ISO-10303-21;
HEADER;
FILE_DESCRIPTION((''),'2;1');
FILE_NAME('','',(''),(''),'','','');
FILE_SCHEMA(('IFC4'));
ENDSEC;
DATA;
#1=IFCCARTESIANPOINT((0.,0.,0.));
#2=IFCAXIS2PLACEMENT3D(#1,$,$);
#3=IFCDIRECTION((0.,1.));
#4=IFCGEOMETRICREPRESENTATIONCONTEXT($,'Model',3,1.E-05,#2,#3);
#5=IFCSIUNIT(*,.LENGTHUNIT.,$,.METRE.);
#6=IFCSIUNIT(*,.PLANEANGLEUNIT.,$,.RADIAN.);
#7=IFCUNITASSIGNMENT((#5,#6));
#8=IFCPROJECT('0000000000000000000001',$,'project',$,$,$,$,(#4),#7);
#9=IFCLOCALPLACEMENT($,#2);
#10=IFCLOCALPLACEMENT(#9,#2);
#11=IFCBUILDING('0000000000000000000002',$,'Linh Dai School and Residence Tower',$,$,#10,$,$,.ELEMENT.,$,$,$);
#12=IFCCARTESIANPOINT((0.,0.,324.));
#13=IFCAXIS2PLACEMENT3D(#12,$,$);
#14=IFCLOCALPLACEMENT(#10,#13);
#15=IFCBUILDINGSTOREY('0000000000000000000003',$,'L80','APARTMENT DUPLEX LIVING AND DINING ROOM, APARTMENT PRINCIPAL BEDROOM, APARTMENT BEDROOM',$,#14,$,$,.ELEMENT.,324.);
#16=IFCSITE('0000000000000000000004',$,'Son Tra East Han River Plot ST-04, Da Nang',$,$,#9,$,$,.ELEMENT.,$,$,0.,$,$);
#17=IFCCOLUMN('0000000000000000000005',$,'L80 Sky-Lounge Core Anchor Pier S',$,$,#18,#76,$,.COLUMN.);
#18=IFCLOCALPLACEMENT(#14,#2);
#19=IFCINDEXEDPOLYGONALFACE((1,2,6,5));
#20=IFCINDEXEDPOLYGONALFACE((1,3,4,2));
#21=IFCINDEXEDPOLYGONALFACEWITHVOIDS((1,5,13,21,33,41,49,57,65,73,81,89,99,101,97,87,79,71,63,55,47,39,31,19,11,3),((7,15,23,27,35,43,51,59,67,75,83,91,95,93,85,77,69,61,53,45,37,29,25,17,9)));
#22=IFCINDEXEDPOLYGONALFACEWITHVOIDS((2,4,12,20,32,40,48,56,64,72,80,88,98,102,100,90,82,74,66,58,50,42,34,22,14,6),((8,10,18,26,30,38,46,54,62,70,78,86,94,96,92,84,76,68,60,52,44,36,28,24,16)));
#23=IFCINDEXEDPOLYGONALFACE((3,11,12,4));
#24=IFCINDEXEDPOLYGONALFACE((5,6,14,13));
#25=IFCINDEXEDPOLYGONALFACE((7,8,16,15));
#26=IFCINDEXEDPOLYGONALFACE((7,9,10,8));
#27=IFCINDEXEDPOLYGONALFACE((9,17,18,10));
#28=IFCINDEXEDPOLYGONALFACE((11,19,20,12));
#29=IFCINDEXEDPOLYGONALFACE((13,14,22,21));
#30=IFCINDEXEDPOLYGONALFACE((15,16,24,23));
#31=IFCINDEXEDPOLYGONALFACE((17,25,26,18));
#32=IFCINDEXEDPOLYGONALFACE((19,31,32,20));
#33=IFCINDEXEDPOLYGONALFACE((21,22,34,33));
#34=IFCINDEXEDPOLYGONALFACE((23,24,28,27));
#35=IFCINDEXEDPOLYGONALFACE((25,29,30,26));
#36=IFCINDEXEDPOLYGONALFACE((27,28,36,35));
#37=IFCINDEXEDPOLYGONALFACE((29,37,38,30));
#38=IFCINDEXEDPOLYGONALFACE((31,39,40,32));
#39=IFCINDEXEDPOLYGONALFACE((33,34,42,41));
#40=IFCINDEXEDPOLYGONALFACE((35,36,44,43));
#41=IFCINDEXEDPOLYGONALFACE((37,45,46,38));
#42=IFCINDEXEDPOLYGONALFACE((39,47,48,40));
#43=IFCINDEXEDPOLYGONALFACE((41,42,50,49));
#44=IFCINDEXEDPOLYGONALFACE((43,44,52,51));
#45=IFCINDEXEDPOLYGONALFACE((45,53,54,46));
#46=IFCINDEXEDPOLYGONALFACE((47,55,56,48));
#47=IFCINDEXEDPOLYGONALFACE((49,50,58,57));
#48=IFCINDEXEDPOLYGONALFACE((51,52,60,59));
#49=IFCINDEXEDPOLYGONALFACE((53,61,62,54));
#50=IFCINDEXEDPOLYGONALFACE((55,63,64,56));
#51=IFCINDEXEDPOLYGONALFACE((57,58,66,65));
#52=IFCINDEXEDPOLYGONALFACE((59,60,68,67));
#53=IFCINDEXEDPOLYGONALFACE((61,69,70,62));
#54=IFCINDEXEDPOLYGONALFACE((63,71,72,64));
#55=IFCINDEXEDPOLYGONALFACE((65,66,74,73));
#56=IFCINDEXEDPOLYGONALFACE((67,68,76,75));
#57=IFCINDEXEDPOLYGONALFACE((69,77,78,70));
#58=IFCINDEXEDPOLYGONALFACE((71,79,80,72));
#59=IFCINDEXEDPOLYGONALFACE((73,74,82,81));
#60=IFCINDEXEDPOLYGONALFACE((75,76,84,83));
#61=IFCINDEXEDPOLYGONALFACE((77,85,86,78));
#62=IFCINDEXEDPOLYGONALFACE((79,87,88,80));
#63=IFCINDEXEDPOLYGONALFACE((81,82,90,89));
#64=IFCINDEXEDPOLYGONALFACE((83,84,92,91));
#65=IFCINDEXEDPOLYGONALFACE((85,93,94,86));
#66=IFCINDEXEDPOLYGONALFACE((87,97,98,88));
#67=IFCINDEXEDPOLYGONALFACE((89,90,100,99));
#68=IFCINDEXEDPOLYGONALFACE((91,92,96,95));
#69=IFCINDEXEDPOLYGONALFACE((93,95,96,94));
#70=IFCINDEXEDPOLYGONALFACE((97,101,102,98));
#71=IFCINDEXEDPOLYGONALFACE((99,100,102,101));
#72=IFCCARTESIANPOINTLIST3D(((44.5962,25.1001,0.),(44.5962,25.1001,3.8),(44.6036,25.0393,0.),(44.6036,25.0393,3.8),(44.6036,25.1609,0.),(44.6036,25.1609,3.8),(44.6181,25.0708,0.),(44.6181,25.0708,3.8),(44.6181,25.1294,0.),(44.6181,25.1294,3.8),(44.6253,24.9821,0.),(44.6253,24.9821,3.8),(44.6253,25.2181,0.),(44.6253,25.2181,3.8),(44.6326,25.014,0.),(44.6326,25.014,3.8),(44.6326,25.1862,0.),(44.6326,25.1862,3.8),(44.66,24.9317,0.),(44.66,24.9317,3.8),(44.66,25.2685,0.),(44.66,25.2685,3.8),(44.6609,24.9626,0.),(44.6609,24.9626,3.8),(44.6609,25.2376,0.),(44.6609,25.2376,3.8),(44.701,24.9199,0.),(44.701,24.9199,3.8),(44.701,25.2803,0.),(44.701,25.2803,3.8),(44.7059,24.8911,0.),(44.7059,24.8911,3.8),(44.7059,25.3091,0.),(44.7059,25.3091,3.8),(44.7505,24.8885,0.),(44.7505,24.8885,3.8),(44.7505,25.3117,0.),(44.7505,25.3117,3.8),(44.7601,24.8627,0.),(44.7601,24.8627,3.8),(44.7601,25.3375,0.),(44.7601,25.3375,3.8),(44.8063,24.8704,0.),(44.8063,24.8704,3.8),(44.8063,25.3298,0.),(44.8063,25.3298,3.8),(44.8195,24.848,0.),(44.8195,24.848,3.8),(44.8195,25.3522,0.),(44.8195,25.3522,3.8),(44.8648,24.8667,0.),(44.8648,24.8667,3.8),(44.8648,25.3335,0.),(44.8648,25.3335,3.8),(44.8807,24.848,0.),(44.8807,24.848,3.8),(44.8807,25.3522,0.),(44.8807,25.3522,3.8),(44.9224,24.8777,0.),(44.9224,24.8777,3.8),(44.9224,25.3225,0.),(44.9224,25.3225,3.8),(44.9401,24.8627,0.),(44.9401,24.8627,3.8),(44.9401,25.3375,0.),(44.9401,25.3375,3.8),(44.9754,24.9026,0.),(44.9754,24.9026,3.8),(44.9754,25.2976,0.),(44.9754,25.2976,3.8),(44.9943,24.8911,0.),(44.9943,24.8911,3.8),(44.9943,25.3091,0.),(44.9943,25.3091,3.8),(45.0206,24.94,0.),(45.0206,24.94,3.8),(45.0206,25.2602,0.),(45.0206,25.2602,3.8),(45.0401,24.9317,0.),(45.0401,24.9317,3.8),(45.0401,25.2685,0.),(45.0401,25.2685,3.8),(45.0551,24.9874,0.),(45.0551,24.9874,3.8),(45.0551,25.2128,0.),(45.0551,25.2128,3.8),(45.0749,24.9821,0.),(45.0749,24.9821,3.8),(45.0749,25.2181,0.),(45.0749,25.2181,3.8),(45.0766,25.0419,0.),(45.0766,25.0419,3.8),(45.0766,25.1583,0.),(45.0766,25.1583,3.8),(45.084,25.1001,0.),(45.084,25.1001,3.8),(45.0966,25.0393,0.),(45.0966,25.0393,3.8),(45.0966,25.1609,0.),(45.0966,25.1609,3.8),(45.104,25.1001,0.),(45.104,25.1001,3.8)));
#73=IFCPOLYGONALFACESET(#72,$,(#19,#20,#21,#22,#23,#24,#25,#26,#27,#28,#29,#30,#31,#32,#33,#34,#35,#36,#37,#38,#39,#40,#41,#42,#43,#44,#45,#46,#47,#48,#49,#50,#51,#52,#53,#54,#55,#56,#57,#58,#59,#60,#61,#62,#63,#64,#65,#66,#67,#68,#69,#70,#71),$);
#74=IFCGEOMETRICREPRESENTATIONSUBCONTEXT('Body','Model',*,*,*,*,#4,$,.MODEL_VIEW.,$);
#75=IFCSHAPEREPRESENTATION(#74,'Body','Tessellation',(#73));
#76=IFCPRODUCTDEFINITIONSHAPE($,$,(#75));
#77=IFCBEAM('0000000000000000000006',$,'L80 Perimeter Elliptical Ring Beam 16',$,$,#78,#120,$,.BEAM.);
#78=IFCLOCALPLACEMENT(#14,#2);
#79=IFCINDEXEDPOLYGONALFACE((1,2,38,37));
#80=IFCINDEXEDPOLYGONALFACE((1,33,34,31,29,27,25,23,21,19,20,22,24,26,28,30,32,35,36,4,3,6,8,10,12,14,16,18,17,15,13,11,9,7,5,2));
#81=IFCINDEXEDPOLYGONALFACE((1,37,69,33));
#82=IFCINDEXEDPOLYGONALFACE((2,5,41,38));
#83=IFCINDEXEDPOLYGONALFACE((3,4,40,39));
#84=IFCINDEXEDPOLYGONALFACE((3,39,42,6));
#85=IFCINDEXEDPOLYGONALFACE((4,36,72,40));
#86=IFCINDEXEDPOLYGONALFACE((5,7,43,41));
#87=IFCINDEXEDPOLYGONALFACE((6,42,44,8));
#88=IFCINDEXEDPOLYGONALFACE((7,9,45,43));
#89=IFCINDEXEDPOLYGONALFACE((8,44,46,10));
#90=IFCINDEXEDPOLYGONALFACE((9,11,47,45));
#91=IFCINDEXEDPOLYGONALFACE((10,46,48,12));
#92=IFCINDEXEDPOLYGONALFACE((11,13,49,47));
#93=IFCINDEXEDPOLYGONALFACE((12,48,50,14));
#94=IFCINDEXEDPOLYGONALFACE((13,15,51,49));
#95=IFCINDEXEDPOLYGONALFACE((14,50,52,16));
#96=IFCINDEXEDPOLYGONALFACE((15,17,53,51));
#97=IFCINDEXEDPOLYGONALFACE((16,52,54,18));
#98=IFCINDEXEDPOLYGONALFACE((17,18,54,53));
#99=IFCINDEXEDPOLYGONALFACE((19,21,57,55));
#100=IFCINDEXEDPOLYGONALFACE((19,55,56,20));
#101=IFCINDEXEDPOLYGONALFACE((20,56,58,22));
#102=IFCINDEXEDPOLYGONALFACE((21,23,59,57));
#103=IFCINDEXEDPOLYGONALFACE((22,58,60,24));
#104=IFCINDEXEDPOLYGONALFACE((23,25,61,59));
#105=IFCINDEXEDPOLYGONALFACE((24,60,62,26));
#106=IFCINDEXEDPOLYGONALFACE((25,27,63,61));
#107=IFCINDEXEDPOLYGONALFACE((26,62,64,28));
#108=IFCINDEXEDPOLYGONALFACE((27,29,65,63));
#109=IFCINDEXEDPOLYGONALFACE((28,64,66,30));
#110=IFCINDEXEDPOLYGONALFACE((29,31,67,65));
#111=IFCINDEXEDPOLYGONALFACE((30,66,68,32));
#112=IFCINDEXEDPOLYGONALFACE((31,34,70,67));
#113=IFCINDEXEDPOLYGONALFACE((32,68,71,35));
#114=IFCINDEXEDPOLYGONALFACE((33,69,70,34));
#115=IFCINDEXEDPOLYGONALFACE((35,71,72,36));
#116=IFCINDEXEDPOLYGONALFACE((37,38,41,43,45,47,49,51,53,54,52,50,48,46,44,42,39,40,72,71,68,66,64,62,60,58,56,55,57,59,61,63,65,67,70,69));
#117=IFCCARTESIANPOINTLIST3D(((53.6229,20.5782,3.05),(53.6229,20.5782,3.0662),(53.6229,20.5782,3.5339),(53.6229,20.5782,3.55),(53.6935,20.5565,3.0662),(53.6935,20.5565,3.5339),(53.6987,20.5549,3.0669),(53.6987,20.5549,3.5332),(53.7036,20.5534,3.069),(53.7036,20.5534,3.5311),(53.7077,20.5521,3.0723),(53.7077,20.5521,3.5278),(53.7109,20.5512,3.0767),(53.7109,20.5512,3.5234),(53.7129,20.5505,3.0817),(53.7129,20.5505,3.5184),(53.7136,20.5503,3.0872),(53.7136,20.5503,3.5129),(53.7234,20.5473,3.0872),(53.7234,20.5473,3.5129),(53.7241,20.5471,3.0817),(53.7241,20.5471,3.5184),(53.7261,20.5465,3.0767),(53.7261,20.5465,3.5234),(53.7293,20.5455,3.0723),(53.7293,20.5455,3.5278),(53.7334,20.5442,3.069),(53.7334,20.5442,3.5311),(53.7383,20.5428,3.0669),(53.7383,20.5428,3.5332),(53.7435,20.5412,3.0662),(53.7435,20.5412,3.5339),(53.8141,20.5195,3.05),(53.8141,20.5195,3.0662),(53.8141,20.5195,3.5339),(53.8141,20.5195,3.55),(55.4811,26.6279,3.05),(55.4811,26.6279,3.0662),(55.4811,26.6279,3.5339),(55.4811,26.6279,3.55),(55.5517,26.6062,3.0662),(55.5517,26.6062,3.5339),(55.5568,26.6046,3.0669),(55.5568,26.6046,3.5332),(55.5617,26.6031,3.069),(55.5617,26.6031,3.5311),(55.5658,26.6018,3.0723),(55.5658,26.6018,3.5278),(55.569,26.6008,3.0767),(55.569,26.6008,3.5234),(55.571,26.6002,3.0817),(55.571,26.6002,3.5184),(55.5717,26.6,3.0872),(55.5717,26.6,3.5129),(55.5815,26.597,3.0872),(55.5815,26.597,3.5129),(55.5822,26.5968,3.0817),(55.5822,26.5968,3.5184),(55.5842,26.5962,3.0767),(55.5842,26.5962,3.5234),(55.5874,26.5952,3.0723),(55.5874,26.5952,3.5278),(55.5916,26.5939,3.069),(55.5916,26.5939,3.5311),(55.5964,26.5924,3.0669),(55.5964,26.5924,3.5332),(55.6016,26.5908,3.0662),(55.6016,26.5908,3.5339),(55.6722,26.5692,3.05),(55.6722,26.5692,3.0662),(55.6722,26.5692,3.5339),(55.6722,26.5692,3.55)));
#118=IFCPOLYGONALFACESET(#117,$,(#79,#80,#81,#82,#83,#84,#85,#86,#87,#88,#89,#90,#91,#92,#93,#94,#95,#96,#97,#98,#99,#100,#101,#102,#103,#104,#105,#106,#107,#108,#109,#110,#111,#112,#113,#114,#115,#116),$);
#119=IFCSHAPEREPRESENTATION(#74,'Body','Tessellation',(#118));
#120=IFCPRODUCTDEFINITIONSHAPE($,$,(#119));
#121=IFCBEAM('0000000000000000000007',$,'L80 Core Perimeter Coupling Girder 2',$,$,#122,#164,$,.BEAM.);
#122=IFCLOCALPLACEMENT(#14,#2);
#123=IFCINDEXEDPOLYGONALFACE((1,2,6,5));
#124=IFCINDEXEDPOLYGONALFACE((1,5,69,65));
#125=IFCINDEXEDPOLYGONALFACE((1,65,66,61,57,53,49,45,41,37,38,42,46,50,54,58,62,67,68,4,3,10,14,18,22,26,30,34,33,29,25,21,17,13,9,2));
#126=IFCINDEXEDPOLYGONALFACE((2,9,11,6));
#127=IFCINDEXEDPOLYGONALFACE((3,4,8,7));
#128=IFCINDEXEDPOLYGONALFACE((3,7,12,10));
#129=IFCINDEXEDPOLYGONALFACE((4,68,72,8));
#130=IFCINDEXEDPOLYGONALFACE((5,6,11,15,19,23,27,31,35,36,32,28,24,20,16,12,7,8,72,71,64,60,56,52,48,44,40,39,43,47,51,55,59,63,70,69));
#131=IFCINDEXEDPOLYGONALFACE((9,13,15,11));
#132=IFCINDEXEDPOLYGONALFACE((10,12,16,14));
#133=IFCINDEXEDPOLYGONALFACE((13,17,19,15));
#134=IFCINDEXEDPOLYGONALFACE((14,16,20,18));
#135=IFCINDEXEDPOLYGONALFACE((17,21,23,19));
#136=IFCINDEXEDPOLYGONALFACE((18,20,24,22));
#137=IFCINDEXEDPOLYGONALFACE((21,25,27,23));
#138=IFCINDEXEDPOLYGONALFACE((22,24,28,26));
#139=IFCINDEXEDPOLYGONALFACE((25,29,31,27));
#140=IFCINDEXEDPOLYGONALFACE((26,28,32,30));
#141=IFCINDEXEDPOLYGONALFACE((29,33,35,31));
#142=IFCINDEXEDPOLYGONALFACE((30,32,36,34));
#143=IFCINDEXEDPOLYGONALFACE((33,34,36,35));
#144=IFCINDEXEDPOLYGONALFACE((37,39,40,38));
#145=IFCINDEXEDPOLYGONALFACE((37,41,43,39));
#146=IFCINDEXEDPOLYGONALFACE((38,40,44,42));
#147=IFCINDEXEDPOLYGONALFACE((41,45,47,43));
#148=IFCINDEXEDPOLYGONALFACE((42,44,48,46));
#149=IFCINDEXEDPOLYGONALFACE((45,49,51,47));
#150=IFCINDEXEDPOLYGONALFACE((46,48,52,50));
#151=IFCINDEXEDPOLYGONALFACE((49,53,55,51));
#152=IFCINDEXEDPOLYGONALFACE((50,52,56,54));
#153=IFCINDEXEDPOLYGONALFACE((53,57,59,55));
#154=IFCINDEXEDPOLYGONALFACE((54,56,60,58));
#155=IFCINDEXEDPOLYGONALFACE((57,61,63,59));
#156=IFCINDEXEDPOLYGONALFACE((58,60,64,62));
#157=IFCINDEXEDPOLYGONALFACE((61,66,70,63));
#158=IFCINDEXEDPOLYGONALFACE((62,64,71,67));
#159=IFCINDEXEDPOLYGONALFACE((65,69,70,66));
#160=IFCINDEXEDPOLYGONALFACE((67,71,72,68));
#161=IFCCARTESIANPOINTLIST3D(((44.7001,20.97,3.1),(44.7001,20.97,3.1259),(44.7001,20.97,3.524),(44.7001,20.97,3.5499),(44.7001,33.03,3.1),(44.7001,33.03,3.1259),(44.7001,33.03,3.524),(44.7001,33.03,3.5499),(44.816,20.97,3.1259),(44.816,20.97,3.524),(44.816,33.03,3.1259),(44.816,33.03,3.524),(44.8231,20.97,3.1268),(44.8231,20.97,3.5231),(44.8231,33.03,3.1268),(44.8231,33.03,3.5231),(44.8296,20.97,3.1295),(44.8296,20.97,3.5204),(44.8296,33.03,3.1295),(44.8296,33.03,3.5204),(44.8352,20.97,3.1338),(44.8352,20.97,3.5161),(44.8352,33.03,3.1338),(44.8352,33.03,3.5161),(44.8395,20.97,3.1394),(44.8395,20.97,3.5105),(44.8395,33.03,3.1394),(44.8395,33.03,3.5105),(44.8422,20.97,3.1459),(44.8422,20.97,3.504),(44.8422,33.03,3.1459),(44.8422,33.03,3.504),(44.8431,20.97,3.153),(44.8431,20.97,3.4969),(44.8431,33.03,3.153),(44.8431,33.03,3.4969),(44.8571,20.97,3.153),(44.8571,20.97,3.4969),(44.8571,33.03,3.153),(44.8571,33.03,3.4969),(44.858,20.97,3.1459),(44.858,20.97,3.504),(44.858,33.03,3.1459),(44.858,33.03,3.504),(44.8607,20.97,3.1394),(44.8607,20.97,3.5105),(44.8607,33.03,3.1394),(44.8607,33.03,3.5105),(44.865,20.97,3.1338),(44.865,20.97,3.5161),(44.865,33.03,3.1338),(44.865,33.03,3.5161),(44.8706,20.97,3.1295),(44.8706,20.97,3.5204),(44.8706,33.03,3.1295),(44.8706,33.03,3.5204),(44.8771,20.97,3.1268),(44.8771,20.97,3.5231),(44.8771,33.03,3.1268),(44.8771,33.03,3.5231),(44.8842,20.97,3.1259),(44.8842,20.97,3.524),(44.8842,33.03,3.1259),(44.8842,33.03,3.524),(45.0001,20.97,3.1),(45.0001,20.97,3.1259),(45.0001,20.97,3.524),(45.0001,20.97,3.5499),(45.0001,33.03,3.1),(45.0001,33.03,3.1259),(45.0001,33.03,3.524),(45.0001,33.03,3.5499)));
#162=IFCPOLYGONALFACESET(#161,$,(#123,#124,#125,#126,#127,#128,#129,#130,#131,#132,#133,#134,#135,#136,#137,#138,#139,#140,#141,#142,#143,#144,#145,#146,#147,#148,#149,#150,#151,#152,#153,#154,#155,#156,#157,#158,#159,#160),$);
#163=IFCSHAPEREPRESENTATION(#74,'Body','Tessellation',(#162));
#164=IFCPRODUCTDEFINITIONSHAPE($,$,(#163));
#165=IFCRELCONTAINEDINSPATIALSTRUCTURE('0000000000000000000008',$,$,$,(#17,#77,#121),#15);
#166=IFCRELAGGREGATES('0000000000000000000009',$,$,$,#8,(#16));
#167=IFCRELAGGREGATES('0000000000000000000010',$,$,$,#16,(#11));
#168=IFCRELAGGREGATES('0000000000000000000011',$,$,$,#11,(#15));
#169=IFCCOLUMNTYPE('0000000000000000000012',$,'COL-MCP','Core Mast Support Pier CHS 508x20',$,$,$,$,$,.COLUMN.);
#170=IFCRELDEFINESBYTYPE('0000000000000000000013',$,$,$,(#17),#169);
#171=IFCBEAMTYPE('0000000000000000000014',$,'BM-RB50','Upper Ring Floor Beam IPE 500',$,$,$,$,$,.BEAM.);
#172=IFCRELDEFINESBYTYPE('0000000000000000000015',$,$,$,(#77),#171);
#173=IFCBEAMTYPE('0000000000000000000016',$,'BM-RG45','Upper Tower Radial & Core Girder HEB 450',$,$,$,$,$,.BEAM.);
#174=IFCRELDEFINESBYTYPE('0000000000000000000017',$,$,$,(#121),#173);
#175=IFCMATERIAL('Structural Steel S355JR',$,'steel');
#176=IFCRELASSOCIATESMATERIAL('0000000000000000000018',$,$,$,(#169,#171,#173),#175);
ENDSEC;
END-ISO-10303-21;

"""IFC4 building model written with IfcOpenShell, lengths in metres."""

from ifc_helpers import new_model, si_unit, direction, frame, origin, origin_2d, place, context, subcontext, project, spatial, hollow_circle, i_section, extrude, material, material_profile, profile_set, type_object, element, save


model = new_model("IFC4")

# Units and contexts
model_context = context("Model", 3, precision=1e-05, world=origin(), true_north=direction((0.0, 1.0)))
body_context = subcontext(model_context, "Body", "Model", "MODEL_VIEW")
ifc_project = project(units=[si_unit("LENGTHUNIT", "METRE"), si_unit("PLANEANGLEUNIT", "RADIAN")], contexts=[model_context])

# Site, building, storey
site_placement = place(None, origin())
site = spatial("IfcSite", under=ifc_project, at=site_placement, Name="Son Tra East Han River Plot ST-04, Da Nang", CompositionType="ELEMENT", RefElevation=0.0)
building_placement = place(site_placement, origin())
building = spatial("IfcBuilding", under=site, at=building_placement, Name="Linh Dai School and Residence Tower", CompositionType="ELEMENT")
storey_placement = place(building_placement, frame((0.0, 0.0, 324.0)))
storey = spatial("IfcBuildingStorey", under=building, at=storey_placement, Name="L80", Description="APARTMENT DUPLEX LIVING AND DINING ROOM, APARTMENT PRINCIPAL BEDROOM, APARTMENT BEDROOM", CompositionType="ELEMENT", Elevation=324.0)

# Column
ifc_material_1 = material(Name="Structural Steel S355JR", Category="steel")
ifc_material_profile_1 = material_profile(ifc_material_1, hollow_circle(Radius=0.2539, WallThickness=0.02, at=origin_2d()), Name="CHS 508x20")
ifc_profile_set_1 = profile_set([ifc_material_profile_1], Name="Structural Steel S355JR")
column_type_1 = type_object("IfcColumnType", Name="COL-MCP", Description="Core Mast Support Pier CHS 508x20", PredefinedType="COLUMN", material=ifc_profile_set_1)
column_1_placement = place(storey_placement, frame((44.8501, 25.1001, 0.0), z_axis=(0.0, 0.0, 1.0), x_axis=(1.0, 0.0, 0.0)))
element("IfcColumn", 1, at=column_1_placement, inside=storey, type_object=column_type_1, Name="L80 Sky-Lounge Core Anchor Pier S", PredefinedType="COLUMN", context=body_context, shape_type="SweptSolid", body=[
    extrude(hollow_circle(Radius=0.2539, WallThickness=0.02, at=origin_2d()), origin(), (0.0, 0.0, 1.0), 3.8),
])

# Beams
ifc_material_profile_2 = material_profile(ifc_material_1, i_section(OverallWidth=0.2, OverallDepth=0.5, WebThickness=0.0103, FlangeThickness=0.0161, FilletRadius=0.021, at=origin_2d()), Name="IPE 500")
ifc_profile_set_2 = profile_set([ifc_material_profile_2], Name="Structural Steel S355JR")
beam_type_1 = type_object("IfcBeamType", Name="BM-RB50", Description="Upper Ring Floor Beam IPE 500", PredefinedType="BEAM", material=ifc_profile_set_2)
beam_1_placement = place(storey_placement, frame((53.7185, 20.5488, 3.3), z_axis=(0.293606, 0.955927, 0.0), x_axis=(-0.955927, 0.293606, 0.0)))
element("IfcBeam", 2, at=beam_1_placement, inside=storey, type_object=beam_type_1, Name="L80 Perimeter Elliptical Ring Beam 16", PredefinedType="BEAM", context=body_context, shape_type="SweptSolid", body=[
    extrude(i_section(OverallWidth=0.2, OverallDepth=0.5, WebThickness=0.0103, FlangeThickness=0.0161, FilletRadius=0.021, at=origin_2d()), origin(), (0.0, 0.0, 1.0), 6.3286),
])
ifc_material_profile_3 = material_profile(ifc_material_1, i_section(OverallWidth=0.3, OverallDepth=0.45, WebThickness=0.0139, FlangeThickness=0.0259, FilletRadius=0.0271, at=origin_2d()), Name="HEB 450")
ifc_profile_set_3 = profile_set([ifc_material_profile_3], Name="Structural Steel S355JR")
beam_type_2 = type_object("IfcBeamType", Name="BM-RG45", Description="Upper Tower Radial & Core Girder HEB 450", PredefinedType="BEAM", material=ifc_profile_set_3)
beam_2_placement = place(storey_placement, frame((44.8501, 20.97, 3.325), z_axis=(0.0, 1.0, 0.0), x_axis=(-1.0, 0.0, 0.0)))
element("IfcBeam", 3, at=beam_2_placement, inside=storey, type_object=beam_type_2, Name="L80 Core Perimeter Coupling Girder 2", PredefinedType="BEAM", context=body_context, shape_type="SweptSolid", body=[
    extrude(i_section(OverallWidth=0.3, OverallDepth=0.45, WebThickness=0.0139, FlangeThickness=0.0259, FilletRadius=0.0271, at=origin_2d()), origin(), (0.0, 0.0, 1.0), 12.0601),
])

save(model, "model.ifc")
